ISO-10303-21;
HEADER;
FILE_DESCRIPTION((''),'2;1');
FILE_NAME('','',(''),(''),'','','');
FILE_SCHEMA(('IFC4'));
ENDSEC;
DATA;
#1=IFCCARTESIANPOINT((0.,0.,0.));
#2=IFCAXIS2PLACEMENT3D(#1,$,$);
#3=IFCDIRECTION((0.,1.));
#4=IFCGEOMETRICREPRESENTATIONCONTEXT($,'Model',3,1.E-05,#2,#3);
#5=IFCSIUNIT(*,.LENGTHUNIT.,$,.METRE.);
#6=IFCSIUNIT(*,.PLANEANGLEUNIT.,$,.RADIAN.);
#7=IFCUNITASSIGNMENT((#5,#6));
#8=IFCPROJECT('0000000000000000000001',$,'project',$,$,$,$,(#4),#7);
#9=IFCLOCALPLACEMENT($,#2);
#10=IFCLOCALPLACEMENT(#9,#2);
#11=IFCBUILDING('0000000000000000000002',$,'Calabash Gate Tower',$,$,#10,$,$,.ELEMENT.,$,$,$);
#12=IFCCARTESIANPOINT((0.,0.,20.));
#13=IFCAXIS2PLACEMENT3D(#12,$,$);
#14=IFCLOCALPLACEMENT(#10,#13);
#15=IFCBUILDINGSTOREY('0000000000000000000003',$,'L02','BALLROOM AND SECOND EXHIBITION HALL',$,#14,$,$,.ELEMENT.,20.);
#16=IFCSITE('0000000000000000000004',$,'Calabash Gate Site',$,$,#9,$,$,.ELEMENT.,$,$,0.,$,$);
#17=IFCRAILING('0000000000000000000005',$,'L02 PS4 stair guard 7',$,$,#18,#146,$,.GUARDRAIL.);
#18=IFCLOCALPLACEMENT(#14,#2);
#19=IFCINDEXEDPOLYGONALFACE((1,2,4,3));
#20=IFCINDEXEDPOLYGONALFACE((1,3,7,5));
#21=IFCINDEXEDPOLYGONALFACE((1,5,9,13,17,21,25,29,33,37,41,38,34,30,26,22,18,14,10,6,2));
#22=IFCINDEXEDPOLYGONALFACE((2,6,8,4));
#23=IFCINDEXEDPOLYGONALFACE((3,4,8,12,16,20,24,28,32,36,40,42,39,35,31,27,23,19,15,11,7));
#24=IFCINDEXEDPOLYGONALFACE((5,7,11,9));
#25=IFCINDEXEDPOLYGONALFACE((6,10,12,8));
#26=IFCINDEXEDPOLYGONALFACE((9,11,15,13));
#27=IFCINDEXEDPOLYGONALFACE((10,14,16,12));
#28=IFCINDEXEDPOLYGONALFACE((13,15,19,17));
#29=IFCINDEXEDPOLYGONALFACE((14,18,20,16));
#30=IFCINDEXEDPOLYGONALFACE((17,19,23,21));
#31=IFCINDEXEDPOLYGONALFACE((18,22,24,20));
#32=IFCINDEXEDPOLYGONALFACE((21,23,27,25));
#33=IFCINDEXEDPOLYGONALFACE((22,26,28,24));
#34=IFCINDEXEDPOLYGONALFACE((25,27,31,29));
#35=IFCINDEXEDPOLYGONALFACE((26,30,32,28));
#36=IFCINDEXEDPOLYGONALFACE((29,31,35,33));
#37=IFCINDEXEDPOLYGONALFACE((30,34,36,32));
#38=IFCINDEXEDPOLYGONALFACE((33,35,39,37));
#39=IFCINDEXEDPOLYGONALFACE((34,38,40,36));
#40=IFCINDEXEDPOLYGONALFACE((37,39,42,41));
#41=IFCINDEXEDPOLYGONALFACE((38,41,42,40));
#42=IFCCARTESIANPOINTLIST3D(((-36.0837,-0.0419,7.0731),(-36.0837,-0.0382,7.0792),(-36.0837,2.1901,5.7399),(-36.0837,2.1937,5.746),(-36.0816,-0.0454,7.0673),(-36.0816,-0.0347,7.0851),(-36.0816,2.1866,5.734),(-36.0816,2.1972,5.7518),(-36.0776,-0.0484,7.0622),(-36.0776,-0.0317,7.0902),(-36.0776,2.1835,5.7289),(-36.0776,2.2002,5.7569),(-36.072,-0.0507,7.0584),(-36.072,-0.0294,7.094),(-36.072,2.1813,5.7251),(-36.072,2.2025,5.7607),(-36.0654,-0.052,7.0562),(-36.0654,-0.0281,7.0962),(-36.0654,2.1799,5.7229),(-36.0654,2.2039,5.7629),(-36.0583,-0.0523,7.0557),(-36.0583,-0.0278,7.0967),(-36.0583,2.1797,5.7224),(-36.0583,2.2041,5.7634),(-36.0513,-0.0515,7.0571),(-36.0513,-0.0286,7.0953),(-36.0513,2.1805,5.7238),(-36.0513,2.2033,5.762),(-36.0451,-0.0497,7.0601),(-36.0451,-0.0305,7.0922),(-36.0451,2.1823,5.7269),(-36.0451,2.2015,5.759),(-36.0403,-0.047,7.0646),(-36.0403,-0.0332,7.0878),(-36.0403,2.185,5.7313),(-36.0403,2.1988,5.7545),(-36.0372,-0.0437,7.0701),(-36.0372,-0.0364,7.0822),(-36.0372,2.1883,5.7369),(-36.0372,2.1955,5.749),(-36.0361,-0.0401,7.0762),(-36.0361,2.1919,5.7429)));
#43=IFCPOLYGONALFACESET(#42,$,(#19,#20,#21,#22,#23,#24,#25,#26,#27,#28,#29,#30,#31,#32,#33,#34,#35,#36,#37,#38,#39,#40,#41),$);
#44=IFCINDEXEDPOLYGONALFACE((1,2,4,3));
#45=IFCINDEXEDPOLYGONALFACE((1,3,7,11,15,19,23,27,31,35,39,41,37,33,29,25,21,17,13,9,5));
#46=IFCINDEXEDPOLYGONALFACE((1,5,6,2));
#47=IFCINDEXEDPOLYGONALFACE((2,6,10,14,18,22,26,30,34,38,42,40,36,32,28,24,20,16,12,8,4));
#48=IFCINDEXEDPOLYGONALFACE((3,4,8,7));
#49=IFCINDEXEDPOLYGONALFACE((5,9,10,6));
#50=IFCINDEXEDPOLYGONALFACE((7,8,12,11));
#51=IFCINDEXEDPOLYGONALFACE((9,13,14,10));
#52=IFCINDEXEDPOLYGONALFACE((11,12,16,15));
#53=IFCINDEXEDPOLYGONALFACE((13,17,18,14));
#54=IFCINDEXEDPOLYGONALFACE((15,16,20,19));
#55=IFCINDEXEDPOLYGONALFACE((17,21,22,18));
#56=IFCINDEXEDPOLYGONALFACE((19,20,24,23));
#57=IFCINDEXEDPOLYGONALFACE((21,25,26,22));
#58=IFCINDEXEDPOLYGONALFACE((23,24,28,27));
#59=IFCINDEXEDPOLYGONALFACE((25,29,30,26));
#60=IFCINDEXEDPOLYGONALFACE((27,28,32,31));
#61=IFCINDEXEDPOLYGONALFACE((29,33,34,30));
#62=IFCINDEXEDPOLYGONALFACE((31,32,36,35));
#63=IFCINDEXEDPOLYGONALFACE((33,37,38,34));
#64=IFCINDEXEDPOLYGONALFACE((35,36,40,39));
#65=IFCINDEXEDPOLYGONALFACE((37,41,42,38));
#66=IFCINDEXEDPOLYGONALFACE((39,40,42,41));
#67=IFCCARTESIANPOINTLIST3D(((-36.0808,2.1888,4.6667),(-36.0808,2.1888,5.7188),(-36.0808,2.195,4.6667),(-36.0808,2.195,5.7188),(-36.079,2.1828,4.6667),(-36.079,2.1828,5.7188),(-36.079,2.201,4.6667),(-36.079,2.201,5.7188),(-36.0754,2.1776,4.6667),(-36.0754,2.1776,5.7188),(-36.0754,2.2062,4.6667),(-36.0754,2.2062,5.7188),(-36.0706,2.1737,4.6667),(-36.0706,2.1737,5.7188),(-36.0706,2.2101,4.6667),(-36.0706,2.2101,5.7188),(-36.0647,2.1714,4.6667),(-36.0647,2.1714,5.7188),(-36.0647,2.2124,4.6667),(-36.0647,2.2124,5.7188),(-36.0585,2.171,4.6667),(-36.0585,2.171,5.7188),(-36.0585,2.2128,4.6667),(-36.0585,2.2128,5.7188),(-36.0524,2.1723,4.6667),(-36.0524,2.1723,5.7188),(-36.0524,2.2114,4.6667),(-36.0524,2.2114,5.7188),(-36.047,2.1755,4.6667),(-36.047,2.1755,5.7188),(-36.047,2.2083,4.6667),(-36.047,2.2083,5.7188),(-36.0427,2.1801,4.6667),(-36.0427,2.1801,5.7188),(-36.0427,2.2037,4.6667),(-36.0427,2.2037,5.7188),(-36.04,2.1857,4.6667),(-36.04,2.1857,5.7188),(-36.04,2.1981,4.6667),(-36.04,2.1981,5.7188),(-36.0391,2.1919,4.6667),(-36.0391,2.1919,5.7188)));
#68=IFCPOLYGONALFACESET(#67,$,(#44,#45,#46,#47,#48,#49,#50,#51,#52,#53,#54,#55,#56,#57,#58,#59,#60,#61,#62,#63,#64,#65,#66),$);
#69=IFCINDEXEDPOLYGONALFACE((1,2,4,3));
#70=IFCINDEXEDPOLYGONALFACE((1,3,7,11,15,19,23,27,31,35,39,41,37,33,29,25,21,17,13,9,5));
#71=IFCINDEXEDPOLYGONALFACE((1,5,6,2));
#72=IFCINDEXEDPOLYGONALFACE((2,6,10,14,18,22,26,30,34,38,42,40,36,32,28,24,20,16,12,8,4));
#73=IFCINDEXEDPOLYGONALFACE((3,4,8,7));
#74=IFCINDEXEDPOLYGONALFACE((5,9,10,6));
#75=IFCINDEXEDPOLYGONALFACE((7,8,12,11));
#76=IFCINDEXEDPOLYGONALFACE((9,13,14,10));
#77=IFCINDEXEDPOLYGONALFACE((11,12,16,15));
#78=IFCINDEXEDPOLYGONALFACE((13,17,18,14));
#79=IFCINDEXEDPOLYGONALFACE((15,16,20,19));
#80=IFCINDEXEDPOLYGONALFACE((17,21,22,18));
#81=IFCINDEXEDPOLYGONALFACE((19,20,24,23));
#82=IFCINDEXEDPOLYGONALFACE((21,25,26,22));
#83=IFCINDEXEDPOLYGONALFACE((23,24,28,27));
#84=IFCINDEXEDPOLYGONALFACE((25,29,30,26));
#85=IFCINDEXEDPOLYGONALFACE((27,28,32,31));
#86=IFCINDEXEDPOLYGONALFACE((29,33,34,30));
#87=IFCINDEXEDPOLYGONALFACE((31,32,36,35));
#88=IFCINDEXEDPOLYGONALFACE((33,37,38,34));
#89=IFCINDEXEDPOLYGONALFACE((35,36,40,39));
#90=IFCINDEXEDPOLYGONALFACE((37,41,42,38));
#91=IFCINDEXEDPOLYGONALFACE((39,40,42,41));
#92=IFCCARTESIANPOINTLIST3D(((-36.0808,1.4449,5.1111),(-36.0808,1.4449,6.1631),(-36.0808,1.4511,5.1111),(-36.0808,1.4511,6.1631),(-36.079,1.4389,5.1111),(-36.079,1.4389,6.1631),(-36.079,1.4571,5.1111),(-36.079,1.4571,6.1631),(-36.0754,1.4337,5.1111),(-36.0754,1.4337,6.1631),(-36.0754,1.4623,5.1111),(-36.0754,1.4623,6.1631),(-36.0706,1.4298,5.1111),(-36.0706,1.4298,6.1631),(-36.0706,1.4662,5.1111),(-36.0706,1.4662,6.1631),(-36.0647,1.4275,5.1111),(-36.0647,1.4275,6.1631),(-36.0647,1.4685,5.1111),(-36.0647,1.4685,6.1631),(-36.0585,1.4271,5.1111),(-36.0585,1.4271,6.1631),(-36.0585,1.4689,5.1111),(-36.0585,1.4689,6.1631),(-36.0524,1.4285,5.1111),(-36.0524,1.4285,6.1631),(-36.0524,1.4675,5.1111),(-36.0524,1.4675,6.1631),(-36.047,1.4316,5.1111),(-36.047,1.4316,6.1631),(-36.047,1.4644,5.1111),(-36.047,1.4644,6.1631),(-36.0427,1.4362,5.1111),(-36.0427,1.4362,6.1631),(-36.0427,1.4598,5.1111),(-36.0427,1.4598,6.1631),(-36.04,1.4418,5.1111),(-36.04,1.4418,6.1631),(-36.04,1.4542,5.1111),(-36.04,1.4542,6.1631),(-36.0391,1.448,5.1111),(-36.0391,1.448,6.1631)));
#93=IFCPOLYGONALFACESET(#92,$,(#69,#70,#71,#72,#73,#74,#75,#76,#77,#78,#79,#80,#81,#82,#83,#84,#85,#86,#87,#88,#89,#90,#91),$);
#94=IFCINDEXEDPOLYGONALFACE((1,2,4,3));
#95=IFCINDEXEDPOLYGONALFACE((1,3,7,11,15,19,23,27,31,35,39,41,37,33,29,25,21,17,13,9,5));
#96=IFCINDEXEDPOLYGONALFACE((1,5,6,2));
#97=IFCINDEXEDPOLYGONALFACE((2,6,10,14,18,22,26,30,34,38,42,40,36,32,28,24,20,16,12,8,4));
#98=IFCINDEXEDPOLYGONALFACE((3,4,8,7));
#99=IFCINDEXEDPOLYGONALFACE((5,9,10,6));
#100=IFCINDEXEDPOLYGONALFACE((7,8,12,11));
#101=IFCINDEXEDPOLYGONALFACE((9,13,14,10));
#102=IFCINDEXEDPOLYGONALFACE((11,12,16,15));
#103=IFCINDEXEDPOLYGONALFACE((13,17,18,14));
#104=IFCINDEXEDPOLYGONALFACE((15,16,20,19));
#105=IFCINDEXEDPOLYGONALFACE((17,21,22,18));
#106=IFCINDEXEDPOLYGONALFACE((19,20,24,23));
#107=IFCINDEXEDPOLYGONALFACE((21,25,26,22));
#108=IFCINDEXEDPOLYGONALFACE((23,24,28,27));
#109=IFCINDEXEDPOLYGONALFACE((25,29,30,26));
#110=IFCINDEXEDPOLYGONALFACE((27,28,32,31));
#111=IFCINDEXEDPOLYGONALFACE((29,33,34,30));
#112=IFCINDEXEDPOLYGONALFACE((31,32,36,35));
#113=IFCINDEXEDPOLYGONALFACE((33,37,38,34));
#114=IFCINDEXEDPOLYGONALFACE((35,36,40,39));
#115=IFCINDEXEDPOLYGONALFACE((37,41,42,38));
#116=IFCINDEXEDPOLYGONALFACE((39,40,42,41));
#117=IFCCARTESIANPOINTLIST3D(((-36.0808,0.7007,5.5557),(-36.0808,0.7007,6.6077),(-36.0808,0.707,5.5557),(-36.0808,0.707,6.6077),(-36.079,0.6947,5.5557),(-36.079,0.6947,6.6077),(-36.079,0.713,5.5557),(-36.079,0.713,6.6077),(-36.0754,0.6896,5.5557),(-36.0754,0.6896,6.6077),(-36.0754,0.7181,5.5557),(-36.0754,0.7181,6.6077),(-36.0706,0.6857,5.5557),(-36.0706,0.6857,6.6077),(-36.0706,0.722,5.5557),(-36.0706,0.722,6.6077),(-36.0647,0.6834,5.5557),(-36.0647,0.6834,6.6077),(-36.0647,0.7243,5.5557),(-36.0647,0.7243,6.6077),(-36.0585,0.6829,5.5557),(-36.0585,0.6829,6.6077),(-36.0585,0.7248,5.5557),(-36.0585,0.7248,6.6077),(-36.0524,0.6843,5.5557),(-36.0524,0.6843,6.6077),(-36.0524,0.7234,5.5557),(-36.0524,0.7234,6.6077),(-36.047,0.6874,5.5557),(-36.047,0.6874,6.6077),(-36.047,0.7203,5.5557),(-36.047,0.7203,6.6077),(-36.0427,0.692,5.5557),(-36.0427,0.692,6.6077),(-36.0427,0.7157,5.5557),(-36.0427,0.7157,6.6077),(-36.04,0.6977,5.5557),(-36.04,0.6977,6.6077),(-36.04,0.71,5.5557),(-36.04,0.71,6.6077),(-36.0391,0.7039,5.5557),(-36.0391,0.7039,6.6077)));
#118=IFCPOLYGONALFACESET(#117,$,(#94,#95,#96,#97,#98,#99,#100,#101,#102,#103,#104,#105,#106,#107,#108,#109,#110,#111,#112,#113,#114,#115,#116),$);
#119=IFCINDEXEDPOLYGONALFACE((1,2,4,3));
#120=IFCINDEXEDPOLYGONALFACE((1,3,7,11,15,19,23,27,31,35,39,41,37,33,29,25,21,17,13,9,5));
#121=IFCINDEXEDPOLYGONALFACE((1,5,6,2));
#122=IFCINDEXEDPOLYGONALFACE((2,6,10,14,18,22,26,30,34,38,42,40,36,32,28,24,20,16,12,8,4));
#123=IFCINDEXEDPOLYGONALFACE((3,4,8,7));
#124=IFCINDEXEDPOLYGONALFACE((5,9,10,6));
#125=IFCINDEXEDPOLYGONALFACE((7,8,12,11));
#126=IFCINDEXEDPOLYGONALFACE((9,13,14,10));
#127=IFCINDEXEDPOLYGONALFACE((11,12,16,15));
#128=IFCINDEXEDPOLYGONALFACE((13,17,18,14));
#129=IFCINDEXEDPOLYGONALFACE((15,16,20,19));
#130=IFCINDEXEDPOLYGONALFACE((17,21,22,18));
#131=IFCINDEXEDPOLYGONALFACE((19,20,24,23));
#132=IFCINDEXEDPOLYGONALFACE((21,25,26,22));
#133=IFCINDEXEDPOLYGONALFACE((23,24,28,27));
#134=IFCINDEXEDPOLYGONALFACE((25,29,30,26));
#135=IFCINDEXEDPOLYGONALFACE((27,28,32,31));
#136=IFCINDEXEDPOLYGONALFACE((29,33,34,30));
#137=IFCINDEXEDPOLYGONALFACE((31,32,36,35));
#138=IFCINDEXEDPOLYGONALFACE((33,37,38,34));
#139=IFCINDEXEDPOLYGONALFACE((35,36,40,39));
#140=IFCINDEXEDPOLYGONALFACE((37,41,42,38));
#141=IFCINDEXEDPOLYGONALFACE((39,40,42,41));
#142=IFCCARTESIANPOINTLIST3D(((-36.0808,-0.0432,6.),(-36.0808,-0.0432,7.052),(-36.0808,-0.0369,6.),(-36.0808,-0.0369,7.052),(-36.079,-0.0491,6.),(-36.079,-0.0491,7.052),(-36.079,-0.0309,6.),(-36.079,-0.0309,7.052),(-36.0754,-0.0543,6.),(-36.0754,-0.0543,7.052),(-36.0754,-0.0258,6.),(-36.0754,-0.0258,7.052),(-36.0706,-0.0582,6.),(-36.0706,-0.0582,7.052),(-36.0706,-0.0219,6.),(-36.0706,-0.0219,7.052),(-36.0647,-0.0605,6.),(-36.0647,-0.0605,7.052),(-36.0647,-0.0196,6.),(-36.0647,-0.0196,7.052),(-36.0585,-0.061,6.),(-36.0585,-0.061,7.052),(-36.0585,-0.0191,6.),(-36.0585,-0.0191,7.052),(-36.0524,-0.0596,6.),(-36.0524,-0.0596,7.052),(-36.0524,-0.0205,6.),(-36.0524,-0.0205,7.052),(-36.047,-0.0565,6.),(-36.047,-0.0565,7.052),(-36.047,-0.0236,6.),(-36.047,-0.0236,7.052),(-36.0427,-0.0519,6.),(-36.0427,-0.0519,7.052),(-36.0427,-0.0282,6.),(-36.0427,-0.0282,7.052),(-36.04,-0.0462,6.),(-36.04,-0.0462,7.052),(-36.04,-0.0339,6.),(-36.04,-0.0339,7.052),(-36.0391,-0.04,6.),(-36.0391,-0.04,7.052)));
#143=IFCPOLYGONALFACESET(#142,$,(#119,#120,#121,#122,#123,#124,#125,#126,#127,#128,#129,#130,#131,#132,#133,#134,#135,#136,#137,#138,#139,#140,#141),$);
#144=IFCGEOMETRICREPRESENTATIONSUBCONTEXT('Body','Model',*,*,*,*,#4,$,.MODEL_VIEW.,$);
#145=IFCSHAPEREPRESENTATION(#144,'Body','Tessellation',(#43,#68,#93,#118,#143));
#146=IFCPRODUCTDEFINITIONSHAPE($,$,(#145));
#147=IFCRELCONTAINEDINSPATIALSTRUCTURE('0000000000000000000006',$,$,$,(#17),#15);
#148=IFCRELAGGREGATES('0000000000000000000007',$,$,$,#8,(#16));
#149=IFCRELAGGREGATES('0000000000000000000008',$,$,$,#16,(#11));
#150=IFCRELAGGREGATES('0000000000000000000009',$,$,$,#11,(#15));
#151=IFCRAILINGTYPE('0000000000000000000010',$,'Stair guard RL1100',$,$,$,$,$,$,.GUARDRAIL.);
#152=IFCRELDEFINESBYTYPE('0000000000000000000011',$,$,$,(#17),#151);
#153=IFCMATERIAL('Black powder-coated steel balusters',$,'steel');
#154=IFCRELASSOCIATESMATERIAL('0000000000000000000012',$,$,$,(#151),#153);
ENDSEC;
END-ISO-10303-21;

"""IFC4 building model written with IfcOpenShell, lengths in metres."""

from ifc_helpers import new_model, si_unit, direction, frame, origin, origin_2d, place, context, subcontext, project, spatial, circle, extrude, material, type_object, element, save


model = new_model("IFC4")

# Units and contexts
model_context = context("Model", 3, precision=1e-05, world=origin(), true_north=direction((0.0, 1.0)))
body_context = subcontext(model_context, "Body", "Model", "MODEL_VIEW")
ifc_project = project(units=[si_unit("LENGTHUNIT", "METRE"), si_unit("PLANEANGLEUNIT", "RADIAN")], contexts=[model_context])

# Site, building, storey
site_placement = place(None, origin())
site = spatial("IfcSite", under=ifc_project, at=site_placement, Name="Calabash Gate Site", CompositionType="ELEMENT", RefElevation=0.0)
building_placement = place(site_placement, origin())
building = spatial("IfcBuilding", under=site, at=building_placement, Name="Calabash Gate Tower", CompositionType="ELEMENT")
storey_placement = place(building_placement, frame((0.0, 0.0, 20.0)))
storey = spatial("IfcBuildingStorey", under=building, at=storey_placement, Name="L02", Description="BALLROOM AND SECOND EXHIBITION HALL", CompositionType="ELEMENT", Elevation=20.0)

# Railing
ifc_material_1 = material(Name="Black powder-coated steel balusters", Category="steel")
railing_type_1 = type_object("IfcRailingType", Name="Stair guard RL1100", PredefinedType="GUARDRAIL", material=ifc_material_1)
railing_1_placement = place(storey_placement, frame((-36.0601, 2.1919, 4.6667)))
element("IfcRailing", 1, at=railing_1_placement, inside=storey, type_object=railing_type_1, Name="L02 PS4 stair guard 7", PredefinedType="GUARDRAIL", context=body_context, shape_type="SweptSolid", body=[
    extrude(circle(Radius=0.0239, at=origin_2d()), frame((0.0, 0.0, 1.0762), z_axis=(0.0, -0.858494, 0.512824), x_axis=(1.0, 0.0, 0.0)), (0.0, 0.0, 1.0), 2.5999),
    extrude(circle(Radius=0.021, at=origin_2d()), origin(), (0.0, 0.0, 1.0), 1.052),
    extrude(circle(Radius=0.021, at=origin_2d()), frame((0.0, -0.7439, 0.4443)), (0.0, 0.0, 1.0), 1.052),
    extrude(circle(Radius=0.021, at=origin_2d()), frame((0.0, -1.488, 0.8889)), (0.0, 0.0, 1.0), 1.052),
    extrude(circle(Radius=0.021, at=origin_2d()), frame((0.0, -2.2319, 1.3333)), (0.0, 0.0, 1.0), 1.052),
])

save(model, "model.ifc")
